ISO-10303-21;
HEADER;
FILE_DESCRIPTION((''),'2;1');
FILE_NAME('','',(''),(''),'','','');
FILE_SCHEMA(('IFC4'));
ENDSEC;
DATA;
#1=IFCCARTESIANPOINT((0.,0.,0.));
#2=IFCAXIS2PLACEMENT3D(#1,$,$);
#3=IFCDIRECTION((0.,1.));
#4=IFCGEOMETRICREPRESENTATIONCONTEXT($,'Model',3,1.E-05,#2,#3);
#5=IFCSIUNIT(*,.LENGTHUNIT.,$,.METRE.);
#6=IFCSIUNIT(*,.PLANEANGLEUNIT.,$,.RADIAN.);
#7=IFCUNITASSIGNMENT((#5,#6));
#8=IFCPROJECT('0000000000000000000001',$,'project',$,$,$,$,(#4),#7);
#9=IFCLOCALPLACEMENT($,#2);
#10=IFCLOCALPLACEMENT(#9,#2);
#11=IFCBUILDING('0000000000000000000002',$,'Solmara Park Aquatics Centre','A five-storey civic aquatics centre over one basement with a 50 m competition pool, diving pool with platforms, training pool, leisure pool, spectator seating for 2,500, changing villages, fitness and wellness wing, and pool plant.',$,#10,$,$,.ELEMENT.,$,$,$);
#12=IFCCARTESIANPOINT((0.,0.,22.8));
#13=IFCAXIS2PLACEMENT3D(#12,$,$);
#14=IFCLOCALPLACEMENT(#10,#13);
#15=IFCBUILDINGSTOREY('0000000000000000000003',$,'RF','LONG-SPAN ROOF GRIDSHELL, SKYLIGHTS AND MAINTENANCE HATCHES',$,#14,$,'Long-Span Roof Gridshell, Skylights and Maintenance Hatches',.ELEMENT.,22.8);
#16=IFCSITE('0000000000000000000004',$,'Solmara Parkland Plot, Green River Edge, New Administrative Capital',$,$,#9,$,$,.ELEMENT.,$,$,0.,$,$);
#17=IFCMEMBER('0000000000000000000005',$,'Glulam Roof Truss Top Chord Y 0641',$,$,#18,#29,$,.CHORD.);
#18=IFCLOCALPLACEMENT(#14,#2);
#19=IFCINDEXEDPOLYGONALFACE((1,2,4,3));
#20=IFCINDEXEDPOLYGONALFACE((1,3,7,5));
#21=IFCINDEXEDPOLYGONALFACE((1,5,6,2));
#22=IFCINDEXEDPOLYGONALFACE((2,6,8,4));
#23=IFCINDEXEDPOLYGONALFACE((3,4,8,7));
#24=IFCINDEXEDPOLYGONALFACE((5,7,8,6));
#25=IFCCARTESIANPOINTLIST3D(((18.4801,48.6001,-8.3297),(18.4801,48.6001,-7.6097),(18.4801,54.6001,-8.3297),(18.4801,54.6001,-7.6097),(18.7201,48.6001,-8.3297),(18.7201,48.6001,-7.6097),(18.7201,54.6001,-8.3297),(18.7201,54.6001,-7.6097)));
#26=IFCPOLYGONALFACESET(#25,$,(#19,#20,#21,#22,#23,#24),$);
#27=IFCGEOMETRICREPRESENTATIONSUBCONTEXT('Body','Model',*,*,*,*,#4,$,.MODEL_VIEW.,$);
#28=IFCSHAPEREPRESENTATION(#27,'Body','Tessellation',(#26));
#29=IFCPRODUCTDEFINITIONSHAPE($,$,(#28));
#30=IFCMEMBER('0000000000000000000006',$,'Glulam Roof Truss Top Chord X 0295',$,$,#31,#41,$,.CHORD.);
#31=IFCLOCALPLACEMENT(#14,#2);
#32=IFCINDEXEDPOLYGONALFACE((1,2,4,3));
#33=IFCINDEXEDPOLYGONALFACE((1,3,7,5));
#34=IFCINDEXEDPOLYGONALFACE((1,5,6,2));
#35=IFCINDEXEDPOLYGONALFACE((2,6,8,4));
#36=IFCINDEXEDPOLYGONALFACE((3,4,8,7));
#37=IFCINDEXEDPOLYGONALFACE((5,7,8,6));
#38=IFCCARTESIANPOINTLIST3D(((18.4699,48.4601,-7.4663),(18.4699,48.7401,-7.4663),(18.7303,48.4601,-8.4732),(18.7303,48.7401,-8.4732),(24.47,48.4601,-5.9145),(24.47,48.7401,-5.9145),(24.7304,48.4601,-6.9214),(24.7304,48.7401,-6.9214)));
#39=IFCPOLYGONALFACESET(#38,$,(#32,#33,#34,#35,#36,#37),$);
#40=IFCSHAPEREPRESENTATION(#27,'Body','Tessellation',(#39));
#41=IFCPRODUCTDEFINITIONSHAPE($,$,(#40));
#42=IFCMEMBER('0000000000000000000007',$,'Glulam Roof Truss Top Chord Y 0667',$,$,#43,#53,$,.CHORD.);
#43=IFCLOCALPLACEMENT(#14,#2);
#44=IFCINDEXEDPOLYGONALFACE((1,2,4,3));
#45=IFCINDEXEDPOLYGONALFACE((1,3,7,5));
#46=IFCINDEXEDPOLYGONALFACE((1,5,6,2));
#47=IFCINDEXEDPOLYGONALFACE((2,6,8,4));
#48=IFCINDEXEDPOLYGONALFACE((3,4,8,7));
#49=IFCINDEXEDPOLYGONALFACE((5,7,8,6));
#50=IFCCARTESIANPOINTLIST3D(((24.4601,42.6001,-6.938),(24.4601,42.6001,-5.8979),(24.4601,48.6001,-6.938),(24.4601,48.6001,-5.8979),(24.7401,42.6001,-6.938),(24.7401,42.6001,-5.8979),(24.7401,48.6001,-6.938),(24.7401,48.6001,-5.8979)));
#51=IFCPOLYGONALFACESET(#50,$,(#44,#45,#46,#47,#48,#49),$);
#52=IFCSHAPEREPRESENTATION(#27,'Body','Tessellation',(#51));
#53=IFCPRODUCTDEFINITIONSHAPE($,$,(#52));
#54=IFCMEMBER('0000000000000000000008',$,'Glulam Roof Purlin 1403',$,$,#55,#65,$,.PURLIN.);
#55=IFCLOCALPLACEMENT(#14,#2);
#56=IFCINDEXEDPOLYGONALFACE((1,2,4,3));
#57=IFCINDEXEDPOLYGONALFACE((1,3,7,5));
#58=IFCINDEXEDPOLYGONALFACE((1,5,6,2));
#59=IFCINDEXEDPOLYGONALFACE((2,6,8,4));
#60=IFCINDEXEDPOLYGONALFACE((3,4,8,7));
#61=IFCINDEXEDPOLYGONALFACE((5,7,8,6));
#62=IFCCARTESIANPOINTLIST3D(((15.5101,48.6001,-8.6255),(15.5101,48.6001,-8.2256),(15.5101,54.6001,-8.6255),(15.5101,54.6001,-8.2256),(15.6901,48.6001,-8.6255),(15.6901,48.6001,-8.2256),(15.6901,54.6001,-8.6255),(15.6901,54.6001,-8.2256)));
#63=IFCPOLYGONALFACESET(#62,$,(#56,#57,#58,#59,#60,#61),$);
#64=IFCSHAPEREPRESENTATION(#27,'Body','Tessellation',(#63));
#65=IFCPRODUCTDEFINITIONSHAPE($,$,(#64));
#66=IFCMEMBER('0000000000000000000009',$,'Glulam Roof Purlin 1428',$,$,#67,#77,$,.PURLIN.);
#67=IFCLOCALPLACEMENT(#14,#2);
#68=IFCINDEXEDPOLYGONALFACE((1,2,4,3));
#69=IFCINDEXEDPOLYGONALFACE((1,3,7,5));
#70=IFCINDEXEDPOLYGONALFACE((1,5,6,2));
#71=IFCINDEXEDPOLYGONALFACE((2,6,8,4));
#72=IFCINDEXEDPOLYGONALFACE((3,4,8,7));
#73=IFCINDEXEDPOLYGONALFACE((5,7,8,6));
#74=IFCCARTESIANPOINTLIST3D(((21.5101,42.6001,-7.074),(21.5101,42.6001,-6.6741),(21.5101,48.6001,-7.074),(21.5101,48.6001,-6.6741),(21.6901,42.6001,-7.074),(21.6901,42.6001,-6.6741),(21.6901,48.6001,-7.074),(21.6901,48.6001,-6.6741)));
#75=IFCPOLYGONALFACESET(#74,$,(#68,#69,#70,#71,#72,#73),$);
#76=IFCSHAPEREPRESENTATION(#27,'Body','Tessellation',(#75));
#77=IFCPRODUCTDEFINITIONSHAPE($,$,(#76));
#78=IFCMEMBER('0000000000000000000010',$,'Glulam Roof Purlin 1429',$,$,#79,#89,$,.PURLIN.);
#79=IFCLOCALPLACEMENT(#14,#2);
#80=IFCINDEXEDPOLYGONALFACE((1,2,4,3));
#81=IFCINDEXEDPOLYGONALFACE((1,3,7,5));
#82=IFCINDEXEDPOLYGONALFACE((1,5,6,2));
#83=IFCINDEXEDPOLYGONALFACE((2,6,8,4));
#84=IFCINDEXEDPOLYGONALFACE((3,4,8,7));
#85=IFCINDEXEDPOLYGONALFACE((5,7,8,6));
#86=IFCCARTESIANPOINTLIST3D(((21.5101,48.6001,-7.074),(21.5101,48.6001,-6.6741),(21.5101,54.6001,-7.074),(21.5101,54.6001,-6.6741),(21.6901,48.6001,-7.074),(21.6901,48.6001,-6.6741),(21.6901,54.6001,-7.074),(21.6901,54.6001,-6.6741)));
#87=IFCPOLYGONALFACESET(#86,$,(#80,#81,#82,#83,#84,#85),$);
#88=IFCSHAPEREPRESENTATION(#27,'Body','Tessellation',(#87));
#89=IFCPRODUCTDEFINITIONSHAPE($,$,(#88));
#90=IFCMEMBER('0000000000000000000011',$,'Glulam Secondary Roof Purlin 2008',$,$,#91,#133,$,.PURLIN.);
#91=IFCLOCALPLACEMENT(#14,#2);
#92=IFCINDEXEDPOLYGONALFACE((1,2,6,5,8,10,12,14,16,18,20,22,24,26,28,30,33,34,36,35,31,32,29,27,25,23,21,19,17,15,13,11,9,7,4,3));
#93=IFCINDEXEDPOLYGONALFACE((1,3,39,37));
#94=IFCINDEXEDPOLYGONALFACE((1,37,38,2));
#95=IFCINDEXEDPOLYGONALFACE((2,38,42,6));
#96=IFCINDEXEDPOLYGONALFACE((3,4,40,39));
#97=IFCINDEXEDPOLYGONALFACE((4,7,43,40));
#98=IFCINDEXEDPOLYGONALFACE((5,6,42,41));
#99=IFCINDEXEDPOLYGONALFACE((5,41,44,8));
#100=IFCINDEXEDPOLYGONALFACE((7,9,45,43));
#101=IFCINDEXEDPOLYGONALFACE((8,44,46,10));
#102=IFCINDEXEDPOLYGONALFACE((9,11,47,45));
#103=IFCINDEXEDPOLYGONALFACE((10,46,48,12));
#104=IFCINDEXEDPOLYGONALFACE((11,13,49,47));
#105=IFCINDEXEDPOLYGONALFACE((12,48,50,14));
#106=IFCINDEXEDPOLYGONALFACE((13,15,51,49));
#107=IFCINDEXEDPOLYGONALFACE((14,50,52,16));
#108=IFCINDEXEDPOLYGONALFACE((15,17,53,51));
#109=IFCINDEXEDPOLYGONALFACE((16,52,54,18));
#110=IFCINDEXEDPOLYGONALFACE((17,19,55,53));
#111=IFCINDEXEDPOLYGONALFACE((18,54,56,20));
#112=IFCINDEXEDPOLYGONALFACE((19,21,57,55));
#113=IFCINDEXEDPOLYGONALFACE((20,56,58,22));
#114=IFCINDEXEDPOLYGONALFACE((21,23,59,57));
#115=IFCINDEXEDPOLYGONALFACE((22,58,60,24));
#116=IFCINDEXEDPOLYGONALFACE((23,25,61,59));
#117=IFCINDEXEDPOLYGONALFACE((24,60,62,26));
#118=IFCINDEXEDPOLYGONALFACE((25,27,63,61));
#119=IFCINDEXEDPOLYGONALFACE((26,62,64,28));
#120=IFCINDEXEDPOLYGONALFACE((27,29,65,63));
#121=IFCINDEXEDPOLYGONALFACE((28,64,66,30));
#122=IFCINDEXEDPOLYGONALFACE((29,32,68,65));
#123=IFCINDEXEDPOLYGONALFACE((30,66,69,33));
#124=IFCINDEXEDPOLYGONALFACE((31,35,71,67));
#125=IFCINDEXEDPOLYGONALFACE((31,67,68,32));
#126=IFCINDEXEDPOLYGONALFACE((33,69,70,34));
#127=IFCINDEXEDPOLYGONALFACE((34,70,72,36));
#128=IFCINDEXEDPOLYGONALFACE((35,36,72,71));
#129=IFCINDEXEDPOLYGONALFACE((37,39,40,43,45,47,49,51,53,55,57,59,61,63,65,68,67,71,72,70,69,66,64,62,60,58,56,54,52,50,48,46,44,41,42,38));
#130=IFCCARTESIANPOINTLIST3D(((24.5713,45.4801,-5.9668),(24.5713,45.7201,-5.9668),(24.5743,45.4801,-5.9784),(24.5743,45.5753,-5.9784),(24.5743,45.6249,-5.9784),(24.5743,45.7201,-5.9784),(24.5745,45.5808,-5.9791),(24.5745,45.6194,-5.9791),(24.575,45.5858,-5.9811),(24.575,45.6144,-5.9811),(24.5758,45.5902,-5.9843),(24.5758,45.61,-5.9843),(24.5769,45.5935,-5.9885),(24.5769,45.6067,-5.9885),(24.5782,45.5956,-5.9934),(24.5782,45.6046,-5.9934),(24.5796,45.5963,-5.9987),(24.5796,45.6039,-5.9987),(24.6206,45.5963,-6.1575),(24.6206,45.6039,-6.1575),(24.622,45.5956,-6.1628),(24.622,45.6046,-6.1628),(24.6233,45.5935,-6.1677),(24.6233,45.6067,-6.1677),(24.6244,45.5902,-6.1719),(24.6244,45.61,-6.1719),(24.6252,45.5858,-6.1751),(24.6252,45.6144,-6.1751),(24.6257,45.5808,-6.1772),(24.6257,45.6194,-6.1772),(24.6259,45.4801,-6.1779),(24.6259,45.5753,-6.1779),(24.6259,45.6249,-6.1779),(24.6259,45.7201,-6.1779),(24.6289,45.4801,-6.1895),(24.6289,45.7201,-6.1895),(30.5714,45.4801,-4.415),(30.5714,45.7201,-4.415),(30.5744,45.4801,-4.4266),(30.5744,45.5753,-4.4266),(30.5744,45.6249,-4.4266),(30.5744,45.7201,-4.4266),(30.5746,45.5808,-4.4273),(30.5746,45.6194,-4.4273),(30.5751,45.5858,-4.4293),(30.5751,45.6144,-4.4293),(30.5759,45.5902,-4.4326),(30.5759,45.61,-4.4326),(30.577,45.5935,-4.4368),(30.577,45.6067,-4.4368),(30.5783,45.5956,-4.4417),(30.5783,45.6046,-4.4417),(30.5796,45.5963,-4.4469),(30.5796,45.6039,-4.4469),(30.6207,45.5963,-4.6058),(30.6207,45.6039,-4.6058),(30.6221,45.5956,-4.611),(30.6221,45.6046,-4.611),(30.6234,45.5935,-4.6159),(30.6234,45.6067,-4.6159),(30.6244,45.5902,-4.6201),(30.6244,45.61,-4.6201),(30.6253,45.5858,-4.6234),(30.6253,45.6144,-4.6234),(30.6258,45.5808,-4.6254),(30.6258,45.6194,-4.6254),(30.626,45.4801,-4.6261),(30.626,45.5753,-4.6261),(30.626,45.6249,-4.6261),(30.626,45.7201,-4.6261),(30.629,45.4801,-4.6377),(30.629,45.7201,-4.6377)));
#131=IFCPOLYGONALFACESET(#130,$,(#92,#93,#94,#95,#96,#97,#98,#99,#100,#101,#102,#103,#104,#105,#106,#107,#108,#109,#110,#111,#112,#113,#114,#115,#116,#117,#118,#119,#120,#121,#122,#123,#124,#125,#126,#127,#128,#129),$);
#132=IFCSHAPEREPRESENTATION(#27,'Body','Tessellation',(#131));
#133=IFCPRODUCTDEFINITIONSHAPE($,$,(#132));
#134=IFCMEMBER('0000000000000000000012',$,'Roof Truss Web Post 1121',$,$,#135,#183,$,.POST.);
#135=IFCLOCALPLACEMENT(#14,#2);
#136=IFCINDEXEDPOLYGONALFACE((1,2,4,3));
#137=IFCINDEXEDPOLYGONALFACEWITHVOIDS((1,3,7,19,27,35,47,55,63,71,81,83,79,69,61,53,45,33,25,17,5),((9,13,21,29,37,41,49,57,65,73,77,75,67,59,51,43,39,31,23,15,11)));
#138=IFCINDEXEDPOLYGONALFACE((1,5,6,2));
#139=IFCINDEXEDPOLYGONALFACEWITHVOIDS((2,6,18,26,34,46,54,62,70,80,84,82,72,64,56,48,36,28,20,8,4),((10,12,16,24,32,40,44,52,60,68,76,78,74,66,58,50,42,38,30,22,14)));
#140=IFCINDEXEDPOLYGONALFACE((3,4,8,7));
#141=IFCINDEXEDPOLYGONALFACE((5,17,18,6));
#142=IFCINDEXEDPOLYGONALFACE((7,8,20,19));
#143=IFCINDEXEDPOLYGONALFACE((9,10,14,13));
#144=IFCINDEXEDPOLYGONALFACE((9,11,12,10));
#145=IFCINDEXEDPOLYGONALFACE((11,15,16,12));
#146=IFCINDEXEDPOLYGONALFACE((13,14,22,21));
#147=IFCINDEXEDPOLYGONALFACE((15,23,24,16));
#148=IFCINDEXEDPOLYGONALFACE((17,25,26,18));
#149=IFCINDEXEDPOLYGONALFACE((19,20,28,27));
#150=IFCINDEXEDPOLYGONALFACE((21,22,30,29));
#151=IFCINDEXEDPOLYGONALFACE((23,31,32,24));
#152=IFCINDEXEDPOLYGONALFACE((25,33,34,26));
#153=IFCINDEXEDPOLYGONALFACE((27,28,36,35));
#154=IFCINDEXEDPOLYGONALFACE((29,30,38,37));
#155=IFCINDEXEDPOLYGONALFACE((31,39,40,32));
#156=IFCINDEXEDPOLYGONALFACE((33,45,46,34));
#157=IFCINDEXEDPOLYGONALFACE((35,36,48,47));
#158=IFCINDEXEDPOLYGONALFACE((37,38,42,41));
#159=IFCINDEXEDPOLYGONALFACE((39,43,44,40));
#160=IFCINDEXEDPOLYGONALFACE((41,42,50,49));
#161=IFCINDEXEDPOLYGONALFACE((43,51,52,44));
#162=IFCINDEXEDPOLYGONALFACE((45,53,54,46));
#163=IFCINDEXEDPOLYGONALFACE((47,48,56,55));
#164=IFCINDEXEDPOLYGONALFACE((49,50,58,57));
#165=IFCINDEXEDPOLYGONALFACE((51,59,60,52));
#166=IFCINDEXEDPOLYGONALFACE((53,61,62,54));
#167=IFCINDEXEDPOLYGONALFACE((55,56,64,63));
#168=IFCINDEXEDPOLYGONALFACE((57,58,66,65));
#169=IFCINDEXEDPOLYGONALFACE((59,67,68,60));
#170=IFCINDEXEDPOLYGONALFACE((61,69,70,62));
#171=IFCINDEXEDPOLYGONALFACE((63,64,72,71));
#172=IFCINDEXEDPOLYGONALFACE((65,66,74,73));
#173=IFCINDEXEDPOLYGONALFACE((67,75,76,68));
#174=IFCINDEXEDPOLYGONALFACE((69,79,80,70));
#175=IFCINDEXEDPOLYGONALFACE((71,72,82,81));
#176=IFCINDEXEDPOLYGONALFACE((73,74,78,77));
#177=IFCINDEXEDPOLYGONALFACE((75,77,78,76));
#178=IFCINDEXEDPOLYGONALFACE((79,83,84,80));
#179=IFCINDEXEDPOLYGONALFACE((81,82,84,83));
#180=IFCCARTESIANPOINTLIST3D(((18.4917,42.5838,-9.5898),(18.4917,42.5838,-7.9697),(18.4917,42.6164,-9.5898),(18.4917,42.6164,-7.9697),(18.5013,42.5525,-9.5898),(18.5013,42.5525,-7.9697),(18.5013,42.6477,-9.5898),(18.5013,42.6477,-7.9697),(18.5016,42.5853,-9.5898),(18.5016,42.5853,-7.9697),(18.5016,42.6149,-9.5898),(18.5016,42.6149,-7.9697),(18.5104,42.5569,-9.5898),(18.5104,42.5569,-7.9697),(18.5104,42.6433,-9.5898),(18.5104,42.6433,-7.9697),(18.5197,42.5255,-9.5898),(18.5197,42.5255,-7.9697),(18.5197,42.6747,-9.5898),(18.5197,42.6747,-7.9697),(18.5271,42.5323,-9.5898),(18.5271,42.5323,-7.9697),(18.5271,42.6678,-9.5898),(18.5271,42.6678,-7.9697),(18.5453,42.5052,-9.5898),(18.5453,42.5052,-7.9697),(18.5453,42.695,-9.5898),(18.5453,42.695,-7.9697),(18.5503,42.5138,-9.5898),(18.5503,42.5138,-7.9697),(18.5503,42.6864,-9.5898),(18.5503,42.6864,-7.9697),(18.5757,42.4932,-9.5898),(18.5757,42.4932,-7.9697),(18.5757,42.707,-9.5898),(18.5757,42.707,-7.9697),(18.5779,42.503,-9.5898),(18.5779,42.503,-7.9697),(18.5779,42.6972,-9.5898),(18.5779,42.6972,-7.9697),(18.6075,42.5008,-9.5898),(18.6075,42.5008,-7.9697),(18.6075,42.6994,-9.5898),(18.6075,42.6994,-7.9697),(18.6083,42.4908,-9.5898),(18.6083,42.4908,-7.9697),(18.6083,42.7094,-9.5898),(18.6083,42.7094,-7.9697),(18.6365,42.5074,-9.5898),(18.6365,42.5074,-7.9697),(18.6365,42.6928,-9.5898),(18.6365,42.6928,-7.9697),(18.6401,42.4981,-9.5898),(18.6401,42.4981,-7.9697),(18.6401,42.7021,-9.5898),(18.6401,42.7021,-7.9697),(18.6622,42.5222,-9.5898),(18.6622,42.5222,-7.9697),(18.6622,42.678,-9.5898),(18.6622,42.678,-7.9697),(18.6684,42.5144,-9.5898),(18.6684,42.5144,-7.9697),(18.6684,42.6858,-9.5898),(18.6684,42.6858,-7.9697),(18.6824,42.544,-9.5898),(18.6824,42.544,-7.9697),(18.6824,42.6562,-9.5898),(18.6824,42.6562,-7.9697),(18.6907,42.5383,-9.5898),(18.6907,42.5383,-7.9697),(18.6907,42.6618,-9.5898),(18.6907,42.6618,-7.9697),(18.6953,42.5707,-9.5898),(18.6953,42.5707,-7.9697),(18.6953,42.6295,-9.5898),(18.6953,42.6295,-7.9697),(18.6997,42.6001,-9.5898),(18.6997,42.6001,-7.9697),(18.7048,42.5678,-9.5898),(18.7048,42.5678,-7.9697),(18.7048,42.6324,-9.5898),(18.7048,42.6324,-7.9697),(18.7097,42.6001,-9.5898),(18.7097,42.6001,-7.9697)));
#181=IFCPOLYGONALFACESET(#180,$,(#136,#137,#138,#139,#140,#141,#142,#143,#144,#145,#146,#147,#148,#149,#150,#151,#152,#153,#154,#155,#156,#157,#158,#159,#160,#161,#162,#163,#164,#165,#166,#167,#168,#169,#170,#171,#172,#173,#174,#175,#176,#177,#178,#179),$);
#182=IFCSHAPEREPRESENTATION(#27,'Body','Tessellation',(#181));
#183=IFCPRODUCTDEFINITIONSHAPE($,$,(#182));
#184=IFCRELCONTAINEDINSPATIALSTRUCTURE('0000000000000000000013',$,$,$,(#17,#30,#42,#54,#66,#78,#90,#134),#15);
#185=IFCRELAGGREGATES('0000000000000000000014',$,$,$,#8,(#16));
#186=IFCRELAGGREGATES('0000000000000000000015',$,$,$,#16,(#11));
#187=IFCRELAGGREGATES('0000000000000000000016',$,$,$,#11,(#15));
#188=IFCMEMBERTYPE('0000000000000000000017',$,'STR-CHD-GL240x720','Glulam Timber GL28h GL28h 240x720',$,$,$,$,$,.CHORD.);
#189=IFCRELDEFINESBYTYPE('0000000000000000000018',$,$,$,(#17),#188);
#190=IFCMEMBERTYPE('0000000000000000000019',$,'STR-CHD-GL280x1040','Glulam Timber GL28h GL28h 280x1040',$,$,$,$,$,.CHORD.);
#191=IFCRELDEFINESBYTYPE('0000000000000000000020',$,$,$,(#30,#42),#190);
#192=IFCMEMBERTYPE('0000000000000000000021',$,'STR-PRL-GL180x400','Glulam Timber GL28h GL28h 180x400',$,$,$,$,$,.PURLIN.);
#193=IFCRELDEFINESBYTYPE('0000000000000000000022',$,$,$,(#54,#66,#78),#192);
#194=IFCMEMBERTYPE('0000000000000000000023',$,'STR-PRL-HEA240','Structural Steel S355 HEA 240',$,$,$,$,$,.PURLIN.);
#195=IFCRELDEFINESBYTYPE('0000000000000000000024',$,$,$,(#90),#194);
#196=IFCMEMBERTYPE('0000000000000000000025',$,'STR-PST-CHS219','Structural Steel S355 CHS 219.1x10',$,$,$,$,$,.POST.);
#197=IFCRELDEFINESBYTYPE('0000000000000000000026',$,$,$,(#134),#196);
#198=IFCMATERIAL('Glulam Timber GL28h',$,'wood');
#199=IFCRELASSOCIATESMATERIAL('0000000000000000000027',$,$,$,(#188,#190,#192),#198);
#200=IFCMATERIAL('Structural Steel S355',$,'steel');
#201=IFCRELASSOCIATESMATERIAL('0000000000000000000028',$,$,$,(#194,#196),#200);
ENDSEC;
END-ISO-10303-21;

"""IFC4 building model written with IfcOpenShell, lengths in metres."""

from ifc_helpers import new_model, si_unit, direction, frame, origin, origin_2d, place, context, subcontext, project, spatial, rectangle, hollow_circle, i_section, extrude, material, material_profile, profile_set, type_object, element, save


model = new_model("IFC4")

# Units and contexts
model_context = context("Model", 3, precision=1e-05, world=origin(), true_north=direction((0.0, 1.0)))
body_context = subcontext(model_context, "Body", "Model", "MODEL_VIEW")
ifc_project = project(units=[si_unit("LENGTHUNIT", "METRE"), si_unit("PLANEANGLEUNIT", "RADIAN")], contexts=[model_context])

# Site, building, storey
site_placement = place(None, origin())
site = spatial("IfcSite", under=ifc_project, at=site_placement, Name="Solmara Parkland Plot, Green River Edge, New Administrative Capital", CompositionType="ELEMENT", RefElevation=0.0)
building_placement = place(site_placement, origin())
building = spatial("IfcBuilding", under=site, at=building_placement, Name="Solmara Park Aquatics Centre", Description="A five-storey civic aquatics centre over one basement with a 50 m competition pool, diving pool with platforms, training pool, leisure pool, spectator seating for 2,500, changing villages, fitness and wellness wing, and pool plant.", CompositionType="ELEMENT")
storey_placement = place(building_placement, frame((0.0, 0.0, 22.8)))
storey = spatial("IfcBuildingStorey", under=building, at=storey_placement, Name="RF", Description="LONG-SPAN ROOF GRIDSHELL, SKYLIGHTS AND MAINTENANCE HATCHES", LongName="Long-Span Roof Gridshell, Skylights and Maintenance Hatches", CompositionType="ELEMENT", Elevation=22.8)

# Members
ifc_material_1 = material(Name="Structural Steel S355", Category="steel")
ifc_material_2 = material(Name="Glulam Timber GL28h", Category="wood")
ifc_material_profile_1 = material_profile(ifc_material_2, rectangle(XDim=0.24, YDim=0.72, at=origin_2d()), Name="GL28h 240x720")
ifc_profile_set_1 = profile_set([ifc_material_profile_1], Name="Glulam Timber GL28h")
member_type_1 = type_object("IfcMemberType", Name="STR-CHD-GL240x720", Description="Glulam Timber GL28h GL28h 240x720", PredefinedType="CHORD", material=ifc_profile_set_1)
for number, where, z_axis, x_axis, name in (
    (1, (18.6001, 48.6001, -7.9697), (0.0, 1.0, 0.0), (-1.0, 0.0, 0.0), "Glulam Roof Truss Top Chord Y 0641"),
):
    element("IfcMember", number, at=place(storey_placement, frame(where, z_axis=z_axis, x_axis=x_axis)), inside=storey, type_object=member_type_1, Name=name, PredefinedType="CHORD", context=body_context, shape_type="SweptSolid", body=[
        extrude(rectangle(XDim=0.24, YDim=0.72, at=origin_2d()), origin(), (0.0, 0.0, 1.0), 6.0),
    ])
ifc_material_profile_2 = material_profile(ifc_material_2, rectangle(XDim=0.28, YDim=1.04, at=origin_2d()), Name="GL28h 280x1040")
ifc_profile_set_2 = profile_set([ifc_material_profile_2], Name="Glulam Timber GL28h")
member_type_2 = type_object("IfcMemberType", Name="STR-CHD-GL280x1040", Description="Glulam Timber GL28h GL28h 280x1040", PredefinedType="CHORD", material=ifc_profile_set_2)
member_1_placement = place(storey_placement, frame((18.6001, 48.6001, -7.9697), z_axis=(0.968146, 0.0, 0.250388), x_axis=(0.0, 1.0, 0.0)))
element("IfcMember", 2, at=member_1_placement, inside=storey, type_object=member_type_2, Name="Glulam Roof Truss Top Chord X 0295", PredefinedType="CHORD", context=body_context, shape_type="SweptSolid", body=[
    extrude(rectangle(XDim=0.28, YDim=1.04, at=origin_2d()), origin(), (0.0, 0.0, 1.0), 6.1975),
])
member_2_placement = place(storey_placement, frame((24.6001, 42.6001, -6.418), z_axis=(0.0, 1.0, 0.0), x_axis=(-1.0, 0.0, 0.0)))
element("IfcMember", 3, at=member_2_placement, inside=storey, type_object=member_type_2, Name="Glulam Roof Truss Top Chord Y 0667", PredefinedType="CHORD", context=body_context, shape_type="SweptSolid", body=[
    extrude(rectangle(XDim=0.28, YDim=1.04, at=origin_2d()), origin(), (0.0, 0.0, 1.0), 6.0),
])
ifc_material_profile_3 = material_profile(ifc_material_2, rectangle(XDim=0.1799, YDim=0.3999, at=origin_2d()), Name="GL28h 180x400")
ifc_profile_set_3 = profile_set([ifc_material_profile_3], Name="Glulam Timber GL28h")
member_type_3 = type_object("IfcMemberType", Name="STR-PRL-GL180x400", Description="Glulam Timber GL28h GL28h 180x400", PredefinedType="PURLIN", material=ifc_profile_set_3)
for number, where, z_axis, x_axis, name in (
    (4, (15.6001, 48.6001, -8.4255), (0.0, 1.0, 0.0), (-1.0, 0.0, 0.0), "Glulam Roof Purlin 1403"),
    (5, (21.6001, 42.6001, -6.874), (0.0, 1.0, 0.0), (-1.0, 0.0, 0.0), "Glulam Roof Purlin 1428"),
    (6, (21.6001, 48.6001, -6.874), (0.0, 1.0, 0.0), (-1.0, 0.0, 0.0), "Glulam Roof Purlin 1429"),
):
    element("IfcMember", number, at=place(storey_placement, frame(where, z_axis=z_axis, x_axis=x_axis)), inside=storey, type_object=member_type_3, Name=name, PredefinedType="PURLIN", context=body_context, shape_type="SweptSolid", body=[
        extrude(rectangle(XDim=0.1799, YDim=0.3999, at=origin_2d()), origin(), (0.0, 0.0, 1.0), 6.0),
    ])
ifc_material_profile_4 = material_profile(ifc_material_1, i_section(OverallWidth=0.24, OverallDepth=0.23, WebThickness=0.0076, FlangeThickness=0.012, FilletRadius=0.021, at=origin_2d()), Name="HEA 240")
ifc_profile_set_4 = profile_set([ifc_material_profile_4], Name="Structural Steel S355")
member_type_4 = type_object("IfcMemberType", Name="STR-PRL-HEA240", Description="Structural Steel S355 HEA 240", PredefinedType="PURLIN", material=ifc_profile_set_4)
member_3_placement = place(storey_placement, frame((24.6001, 45.6001, -6.0781), z_axis=(0.968146, 0.0, 0.250388), x_axis=(0.0, 1.0, 0.0)))
element("IfcMember", 7, at=member_3_placement, inside=storey, type_object=member_type_4, Name="Glulam Secondary Roof Purlin 2008", PredefinedType="PURLIN", context=body_context, shape_type="SweptSolid", body=[
    extrude(i_section(OverallWidth=0.24, OverallDepth=0.23, WebThickness=0.0076, FlangeThickness=0.012, FilletRadius=0.021, at=origin_2d()), origin(), (0.0, 0.0, 1.0), 6.1975),
])
ifc_material_profile_5 = material_profile(ifc_material_1, hollow_circle(Radius=0.1096, WallThickness=0.01, at=origin_2d()), Name="CHS 219.1x10")
ifc_profile_set_5 = profile_set([ifc_material_profile_5], Name="Structural Steel S355")
member_type_5 = type_object("IfcMemberType", Name="STR-PST-CHS219", Description="Structural Steel S355 CHS 219.1x10", PredefinedType="POST", material=ifc_profile_set_5)
for number, where, z_axis, x_axis, name in (
    (8, (18.6001, 42.6001, -9.5898), (0.0, 0.0, 1.0), (1.0, 0.0, 0.0), "Roof Truss Web Post 1121"),
):
    element("IfcMember", number, at=place(storey_placement, frame(where, z_axis=z_axis, x_axis=x_axis)), inside=storey, type_object=member_type_5, Name=name, PredefinedType="POST", context=body_context, shape_type="SweptSolid", body=[
        extrude(hollow_circle(Radius=0.1096, WallThickness=0.01, at=origin_2d()), origin(), (0.0, 0.0, 1.0), 1.6201),
    ])

save(model, "model.ifc")
